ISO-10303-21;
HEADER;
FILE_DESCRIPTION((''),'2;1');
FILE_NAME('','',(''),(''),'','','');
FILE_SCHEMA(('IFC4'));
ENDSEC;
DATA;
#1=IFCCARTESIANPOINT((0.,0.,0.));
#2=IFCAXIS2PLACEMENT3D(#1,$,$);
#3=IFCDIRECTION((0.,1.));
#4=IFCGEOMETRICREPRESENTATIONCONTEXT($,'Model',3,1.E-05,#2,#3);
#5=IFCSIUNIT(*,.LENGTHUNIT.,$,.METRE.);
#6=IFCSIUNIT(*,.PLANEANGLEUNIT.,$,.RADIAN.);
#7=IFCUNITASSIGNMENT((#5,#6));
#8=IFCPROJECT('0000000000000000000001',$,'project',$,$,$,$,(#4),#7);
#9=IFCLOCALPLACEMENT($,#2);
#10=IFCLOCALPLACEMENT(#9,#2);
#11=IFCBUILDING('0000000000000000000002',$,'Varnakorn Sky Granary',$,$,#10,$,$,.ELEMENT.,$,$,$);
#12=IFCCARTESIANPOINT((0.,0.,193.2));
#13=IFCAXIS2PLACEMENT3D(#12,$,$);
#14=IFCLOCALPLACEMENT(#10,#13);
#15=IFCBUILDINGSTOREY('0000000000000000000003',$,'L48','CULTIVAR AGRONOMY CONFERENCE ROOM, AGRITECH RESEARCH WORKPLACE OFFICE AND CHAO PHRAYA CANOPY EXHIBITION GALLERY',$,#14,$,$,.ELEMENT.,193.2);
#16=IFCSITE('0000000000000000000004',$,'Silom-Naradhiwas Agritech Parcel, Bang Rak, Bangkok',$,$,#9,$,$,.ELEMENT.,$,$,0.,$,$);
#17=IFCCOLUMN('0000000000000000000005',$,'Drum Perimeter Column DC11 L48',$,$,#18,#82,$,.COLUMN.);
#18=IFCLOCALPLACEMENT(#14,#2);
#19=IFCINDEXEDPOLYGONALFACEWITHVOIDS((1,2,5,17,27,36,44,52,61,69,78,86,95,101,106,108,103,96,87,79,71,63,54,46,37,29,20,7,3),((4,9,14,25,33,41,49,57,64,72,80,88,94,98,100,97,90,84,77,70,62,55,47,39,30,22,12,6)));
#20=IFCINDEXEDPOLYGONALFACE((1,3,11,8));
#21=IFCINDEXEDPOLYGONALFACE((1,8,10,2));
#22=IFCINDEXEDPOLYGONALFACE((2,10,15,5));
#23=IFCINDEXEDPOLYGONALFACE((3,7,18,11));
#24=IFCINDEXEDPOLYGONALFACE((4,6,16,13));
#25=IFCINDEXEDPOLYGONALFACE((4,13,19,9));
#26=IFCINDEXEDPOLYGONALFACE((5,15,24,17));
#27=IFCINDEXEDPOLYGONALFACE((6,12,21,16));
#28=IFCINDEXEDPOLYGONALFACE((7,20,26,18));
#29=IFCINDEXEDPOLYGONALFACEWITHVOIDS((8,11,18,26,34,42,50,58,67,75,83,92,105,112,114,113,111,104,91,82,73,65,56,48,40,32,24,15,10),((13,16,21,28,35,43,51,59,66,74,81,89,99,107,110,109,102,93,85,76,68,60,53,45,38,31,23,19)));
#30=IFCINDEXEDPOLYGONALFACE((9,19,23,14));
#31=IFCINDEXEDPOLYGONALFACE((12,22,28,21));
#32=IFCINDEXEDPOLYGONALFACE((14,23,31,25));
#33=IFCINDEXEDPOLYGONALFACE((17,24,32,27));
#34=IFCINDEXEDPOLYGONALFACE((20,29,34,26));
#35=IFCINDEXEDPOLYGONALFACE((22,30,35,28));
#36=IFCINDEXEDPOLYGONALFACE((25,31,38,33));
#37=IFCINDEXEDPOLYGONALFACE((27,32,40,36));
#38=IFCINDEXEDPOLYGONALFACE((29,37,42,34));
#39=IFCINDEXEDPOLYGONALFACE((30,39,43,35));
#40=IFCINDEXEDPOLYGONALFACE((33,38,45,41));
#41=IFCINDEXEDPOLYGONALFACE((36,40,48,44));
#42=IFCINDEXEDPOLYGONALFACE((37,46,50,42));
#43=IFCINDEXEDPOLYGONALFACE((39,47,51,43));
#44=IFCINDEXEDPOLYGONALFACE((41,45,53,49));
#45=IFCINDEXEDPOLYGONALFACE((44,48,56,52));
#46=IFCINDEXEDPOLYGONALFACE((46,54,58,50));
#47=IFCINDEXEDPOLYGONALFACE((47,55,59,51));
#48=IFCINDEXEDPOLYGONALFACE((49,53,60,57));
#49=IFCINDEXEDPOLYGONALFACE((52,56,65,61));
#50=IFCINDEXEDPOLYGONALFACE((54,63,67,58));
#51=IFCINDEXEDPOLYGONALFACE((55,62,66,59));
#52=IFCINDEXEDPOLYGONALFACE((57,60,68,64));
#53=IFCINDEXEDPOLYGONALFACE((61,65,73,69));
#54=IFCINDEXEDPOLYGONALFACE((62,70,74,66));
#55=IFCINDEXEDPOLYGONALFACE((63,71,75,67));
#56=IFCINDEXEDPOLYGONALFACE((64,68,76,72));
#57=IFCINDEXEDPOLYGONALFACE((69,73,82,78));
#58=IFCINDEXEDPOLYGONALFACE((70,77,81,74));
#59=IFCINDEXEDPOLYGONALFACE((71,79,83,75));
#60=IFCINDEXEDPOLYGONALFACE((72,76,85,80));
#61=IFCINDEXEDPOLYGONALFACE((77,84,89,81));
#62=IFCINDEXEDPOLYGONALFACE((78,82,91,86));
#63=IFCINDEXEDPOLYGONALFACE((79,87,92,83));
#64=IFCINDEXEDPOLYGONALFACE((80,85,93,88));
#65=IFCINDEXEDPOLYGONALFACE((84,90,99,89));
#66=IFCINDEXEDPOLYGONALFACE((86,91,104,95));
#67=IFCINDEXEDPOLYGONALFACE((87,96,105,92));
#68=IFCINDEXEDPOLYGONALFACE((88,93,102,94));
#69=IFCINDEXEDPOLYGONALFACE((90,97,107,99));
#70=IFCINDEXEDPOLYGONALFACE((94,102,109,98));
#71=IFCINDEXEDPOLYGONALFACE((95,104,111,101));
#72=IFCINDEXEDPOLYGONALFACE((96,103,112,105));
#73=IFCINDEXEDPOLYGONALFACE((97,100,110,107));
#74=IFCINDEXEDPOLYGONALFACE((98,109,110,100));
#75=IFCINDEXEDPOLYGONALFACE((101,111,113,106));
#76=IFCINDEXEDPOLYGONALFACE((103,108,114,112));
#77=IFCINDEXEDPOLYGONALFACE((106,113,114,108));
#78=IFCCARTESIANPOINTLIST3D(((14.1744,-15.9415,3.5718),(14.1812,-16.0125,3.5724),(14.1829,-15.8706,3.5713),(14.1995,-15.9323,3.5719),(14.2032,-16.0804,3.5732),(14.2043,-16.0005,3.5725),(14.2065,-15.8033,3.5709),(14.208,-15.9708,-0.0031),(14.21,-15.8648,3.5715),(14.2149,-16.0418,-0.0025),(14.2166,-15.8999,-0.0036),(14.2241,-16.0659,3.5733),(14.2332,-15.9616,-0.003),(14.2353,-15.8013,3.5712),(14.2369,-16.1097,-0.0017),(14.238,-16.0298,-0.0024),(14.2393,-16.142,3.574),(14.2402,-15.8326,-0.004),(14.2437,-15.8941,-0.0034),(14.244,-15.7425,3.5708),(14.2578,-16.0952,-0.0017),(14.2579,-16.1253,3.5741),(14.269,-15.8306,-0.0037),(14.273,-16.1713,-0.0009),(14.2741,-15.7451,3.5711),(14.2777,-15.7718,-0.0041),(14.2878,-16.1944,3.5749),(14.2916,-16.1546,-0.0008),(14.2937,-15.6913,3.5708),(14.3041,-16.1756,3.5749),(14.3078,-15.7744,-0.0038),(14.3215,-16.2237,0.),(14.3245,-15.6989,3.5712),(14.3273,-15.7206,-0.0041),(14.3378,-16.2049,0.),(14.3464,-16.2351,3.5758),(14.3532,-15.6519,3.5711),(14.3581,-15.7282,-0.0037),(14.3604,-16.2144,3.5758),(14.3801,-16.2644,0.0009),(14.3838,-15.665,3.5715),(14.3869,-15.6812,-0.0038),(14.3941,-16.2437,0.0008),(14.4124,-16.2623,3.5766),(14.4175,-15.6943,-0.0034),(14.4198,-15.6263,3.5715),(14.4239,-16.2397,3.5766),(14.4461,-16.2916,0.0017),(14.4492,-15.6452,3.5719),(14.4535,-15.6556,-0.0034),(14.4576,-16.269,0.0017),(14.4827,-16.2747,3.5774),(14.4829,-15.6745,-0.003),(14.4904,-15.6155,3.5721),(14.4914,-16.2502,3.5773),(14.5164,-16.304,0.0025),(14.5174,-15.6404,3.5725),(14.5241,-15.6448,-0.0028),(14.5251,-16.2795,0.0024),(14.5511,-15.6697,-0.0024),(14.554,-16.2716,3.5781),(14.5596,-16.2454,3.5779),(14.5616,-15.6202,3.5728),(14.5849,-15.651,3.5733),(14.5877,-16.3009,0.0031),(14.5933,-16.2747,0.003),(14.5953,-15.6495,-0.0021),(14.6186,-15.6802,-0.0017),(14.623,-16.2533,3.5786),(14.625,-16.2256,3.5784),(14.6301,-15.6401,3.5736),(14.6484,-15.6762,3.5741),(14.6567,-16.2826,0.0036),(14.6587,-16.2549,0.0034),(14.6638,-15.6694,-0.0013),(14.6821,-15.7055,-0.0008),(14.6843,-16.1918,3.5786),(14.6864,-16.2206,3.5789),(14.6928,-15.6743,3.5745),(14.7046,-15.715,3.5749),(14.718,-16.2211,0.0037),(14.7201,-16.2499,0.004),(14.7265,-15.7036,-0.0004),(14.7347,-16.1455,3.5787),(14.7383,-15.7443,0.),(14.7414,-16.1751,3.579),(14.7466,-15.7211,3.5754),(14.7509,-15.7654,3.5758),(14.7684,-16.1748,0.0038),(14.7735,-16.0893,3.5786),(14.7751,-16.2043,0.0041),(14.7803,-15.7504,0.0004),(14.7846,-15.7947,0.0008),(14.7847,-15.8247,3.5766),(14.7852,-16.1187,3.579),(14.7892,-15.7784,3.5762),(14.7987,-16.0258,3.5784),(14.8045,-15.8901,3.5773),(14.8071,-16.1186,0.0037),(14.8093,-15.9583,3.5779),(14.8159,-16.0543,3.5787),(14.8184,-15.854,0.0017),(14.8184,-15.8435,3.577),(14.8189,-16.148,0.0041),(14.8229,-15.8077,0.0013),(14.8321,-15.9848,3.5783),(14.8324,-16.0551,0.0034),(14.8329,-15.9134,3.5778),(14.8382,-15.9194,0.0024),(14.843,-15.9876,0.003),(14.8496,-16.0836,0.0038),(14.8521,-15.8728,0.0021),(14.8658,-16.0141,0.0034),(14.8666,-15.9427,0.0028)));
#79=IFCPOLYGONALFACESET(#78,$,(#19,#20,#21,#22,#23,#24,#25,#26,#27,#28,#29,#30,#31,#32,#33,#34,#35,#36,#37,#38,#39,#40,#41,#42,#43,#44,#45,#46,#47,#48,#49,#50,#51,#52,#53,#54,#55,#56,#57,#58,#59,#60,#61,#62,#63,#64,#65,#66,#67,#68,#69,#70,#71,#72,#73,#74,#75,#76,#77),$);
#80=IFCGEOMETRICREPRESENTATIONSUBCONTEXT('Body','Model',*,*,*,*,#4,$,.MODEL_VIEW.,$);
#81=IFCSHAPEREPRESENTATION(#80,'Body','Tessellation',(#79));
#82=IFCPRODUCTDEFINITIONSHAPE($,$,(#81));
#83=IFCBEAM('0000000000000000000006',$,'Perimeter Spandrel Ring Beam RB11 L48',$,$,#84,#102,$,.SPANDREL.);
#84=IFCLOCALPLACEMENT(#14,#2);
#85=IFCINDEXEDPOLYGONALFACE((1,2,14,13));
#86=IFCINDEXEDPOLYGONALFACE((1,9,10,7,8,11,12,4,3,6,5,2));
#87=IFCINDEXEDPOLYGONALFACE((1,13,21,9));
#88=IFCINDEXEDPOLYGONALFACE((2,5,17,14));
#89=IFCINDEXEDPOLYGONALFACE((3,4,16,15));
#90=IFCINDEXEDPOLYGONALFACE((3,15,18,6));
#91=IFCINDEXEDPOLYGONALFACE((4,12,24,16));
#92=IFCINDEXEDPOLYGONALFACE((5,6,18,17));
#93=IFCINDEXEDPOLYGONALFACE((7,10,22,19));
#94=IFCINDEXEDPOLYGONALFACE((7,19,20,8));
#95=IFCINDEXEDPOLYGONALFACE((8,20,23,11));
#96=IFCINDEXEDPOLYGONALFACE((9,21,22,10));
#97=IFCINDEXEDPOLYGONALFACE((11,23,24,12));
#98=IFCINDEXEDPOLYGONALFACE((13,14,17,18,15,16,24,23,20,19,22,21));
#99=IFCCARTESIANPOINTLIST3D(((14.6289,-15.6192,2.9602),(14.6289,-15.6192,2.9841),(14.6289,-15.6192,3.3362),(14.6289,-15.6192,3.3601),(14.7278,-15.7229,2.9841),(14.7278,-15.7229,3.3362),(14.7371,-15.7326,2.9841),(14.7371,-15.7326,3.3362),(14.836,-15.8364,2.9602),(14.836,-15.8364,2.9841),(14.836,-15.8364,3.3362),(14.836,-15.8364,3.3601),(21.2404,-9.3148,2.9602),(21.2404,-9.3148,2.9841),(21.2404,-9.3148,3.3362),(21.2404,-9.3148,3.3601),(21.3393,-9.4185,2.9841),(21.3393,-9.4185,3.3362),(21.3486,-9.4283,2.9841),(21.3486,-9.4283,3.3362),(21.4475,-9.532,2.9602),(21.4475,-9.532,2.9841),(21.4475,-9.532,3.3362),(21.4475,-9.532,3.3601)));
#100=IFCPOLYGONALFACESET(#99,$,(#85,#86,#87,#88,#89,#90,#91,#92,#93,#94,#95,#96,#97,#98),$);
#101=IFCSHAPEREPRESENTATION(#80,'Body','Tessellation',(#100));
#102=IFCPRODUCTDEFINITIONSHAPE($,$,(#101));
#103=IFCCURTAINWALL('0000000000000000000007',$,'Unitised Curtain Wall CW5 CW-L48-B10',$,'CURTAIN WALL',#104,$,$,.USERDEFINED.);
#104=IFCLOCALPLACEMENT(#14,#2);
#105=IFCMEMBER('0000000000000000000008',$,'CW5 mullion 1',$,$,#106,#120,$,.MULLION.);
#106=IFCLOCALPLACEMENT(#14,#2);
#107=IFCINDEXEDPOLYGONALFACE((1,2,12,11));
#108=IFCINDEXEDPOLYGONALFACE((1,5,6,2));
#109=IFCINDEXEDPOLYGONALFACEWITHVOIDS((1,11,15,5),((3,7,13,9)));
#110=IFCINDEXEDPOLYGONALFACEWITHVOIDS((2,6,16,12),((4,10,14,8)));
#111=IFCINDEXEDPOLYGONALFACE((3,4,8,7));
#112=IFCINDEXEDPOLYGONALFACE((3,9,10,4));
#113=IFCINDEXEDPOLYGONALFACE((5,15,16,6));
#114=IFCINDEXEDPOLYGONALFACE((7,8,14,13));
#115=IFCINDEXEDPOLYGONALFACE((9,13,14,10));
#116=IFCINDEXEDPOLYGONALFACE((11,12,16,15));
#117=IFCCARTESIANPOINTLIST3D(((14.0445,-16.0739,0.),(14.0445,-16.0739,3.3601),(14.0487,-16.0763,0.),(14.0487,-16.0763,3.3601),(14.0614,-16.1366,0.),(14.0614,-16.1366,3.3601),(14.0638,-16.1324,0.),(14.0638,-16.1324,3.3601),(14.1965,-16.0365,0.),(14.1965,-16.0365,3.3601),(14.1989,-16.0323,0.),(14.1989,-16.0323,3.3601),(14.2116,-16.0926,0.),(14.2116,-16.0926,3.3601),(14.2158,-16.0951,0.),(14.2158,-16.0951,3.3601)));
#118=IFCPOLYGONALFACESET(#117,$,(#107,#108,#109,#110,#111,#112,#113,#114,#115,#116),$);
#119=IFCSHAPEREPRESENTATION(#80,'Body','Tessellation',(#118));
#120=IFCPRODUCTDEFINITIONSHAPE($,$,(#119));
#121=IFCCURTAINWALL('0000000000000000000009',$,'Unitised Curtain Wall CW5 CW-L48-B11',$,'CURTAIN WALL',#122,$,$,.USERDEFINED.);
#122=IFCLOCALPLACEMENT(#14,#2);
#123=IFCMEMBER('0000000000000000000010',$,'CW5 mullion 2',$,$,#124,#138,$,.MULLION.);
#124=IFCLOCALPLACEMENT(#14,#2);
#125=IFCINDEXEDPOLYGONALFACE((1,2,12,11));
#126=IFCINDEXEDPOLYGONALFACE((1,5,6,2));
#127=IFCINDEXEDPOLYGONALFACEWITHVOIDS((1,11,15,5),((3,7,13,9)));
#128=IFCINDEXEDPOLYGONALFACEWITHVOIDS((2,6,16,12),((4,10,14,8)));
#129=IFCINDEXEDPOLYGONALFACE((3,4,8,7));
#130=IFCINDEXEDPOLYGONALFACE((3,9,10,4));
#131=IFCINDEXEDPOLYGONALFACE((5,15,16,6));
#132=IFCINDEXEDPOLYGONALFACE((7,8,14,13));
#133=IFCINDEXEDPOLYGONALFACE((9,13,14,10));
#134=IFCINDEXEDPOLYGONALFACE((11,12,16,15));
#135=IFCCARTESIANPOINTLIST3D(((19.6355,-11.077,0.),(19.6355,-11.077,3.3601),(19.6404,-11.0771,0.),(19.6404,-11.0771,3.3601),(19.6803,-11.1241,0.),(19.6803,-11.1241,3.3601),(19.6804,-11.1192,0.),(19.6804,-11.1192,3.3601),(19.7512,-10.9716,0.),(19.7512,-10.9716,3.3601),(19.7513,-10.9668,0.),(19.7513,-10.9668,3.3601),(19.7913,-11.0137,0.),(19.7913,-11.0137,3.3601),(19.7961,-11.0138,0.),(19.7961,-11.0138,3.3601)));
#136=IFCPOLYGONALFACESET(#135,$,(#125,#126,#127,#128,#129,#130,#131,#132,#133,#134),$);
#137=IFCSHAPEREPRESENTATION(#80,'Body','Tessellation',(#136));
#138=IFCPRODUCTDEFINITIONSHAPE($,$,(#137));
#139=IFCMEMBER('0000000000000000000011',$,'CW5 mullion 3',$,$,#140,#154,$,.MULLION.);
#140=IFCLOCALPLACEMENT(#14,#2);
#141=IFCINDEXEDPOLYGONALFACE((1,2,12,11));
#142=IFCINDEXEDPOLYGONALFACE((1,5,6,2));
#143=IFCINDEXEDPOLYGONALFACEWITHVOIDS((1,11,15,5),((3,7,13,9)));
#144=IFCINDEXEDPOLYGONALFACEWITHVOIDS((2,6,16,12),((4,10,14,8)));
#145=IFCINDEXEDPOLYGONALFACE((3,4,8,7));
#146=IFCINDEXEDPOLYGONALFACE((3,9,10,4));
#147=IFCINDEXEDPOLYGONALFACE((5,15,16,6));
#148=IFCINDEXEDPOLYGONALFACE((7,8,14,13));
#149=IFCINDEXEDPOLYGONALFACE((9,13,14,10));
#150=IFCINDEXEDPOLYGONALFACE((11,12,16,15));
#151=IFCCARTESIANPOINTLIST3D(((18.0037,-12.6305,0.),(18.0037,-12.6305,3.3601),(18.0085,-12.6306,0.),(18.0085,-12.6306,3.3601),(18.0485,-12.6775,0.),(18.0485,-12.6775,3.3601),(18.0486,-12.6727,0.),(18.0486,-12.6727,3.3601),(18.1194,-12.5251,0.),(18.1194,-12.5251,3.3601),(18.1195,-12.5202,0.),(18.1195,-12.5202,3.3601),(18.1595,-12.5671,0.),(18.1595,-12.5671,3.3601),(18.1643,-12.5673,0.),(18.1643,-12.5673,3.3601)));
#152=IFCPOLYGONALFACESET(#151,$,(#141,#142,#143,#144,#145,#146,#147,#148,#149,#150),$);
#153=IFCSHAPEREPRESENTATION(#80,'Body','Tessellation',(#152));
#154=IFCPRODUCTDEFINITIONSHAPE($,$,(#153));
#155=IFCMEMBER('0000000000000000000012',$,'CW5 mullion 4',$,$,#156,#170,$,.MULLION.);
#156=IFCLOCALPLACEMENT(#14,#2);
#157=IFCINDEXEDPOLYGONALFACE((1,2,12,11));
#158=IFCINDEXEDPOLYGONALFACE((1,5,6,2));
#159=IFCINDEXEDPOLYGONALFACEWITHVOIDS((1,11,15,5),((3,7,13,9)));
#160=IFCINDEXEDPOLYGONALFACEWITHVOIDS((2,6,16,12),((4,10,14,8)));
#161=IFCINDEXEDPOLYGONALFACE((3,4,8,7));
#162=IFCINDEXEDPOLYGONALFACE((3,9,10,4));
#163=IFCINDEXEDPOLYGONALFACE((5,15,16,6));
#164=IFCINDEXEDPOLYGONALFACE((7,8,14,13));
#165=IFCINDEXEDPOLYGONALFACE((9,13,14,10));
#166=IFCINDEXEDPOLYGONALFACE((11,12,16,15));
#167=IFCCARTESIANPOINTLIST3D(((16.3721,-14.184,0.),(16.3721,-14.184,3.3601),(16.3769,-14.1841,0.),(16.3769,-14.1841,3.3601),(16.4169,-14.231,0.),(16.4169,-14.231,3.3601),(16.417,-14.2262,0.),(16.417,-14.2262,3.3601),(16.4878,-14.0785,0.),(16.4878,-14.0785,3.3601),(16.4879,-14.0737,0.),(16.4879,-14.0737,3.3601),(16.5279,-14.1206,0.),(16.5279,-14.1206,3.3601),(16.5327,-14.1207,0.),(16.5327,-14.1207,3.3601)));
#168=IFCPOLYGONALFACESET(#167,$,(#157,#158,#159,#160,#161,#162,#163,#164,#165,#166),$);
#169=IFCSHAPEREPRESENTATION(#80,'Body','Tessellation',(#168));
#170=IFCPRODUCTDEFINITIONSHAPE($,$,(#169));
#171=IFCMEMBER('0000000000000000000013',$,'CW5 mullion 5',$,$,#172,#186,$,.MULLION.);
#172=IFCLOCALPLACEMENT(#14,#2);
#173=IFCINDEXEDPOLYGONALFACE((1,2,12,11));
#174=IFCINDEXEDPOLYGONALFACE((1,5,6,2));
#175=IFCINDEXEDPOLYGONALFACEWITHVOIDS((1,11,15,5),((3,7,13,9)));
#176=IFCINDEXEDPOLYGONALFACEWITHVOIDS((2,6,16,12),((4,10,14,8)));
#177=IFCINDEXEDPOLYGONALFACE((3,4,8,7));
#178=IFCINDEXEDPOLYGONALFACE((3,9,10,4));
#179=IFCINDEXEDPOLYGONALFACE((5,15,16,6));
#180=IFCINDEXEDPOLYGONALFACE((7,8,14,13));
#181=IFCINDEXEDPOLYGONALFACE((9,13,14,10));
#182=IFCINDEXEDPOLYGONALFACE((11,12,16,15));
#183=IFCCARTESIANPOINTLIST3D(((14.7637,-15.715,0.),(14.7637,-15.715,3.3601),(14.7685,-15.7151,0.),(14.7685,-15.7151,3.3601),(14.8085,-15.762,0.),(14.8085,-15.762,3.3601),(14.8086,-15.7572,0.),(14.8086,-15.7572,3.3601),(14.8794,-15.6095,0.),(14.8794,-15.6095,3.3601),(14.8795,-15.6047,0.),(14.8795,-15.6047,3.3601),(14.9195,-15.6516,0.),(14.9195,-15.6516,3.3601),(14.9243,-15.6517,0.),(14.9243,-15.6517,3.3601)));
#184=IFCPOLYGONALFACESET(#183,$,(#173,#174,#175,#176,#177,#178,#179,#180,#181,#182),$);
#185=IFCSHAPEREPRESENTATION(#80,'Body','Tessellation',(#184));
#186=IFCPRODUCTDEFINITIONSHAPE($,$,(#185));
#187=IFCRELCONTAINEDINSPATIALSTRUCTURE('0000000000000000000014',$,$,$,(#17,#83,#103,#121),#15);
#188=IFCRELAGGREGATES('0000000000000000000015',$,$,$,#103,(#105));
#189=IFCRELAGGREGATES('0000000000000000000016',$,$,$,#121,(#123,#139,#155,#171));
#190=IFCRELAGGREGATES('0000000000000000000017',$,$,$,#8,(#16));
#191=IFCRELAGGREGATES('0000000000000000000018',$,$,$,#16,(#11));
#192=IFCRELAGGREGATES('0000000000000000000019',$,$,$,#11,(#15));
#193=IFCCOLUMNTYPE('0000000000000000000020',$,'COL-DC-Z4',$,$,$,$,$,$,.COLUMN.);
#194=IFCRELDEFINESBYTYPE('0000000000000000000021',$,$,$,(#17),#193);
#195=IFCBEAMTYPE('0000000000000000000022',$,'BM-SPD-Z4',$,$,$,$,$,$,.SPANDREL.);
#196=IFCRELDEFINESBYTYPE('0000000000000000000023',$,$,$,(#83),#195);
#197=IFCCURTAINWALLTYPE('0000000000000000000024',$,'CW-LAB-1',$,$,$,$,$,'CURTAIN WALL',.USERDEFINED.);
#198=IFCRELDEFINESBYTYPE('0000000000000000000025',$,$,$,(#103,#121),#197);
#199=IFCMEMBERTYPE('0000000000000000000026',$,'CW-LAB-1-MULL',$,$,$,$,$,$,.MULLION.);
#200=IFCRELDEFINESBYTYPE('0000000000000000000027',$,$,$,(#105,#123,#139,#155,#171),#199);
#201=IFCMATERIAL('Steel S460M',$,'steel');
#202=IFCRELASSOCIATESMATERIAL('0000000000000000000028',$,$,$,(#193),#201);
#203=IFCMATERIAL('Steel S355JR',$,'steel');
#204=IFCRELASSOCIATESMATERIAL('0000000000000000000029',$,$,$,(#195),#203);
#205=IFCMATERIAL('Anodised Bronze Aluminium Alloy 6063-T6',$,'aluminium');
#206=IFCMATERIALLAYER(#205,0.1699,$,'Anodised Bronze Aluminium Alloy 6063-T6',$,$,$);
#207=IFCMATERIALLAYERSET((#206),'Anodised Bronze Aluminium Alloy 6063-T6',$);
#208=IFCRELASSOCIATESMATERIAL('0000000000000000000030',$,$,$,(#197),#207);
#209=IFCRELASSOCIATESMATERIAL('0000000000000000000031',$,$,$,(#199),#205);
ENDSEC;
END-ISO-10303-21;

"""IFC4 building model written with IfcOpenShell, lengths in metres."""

from ifc_helpers import new_model, si_unit, direction, frame, origin, origin_2d, place, context, subcontext, project, spatial, hollow_rectangle, hollow_circle, i_section, extrude, material, layer, layer_set, material_profile, profile_set, type_object, element, aggregate, save


model = new_model("IFC4")

# Units and contexts
model_context = context("Model", 3, precision=1e-05, world=origin(), true_north=direction((0.0, 1.0)))
body_context = subcontext(model_context, "Body", "Model", "MODEL_VIEW")
ifc_project = project(units=[si_unit("LENGTHUNIT", "METRE"), si_unit("PLANEANGLEUNIT", "RADIAN")], contexts=[model_context])

# Site, building, storey
site_placement = place(None, origin())
site = spatial("IfcSite", under=ifc_project, at=site_placement, Name="Silom-Naradhiwas Agritech Parcel, Bang Rak, Bangkok", CompositionType="ELEMENT", RefElevation=0.0)
building_placement = place(site_placement, origin())
building = spatial("IfcBuilding", under=site, at=building_placement, Name="Varnakorn Sky Granary", CompositionType="ELEMENT")
storey_placement = place(building_placement, frame((0.0, 0.0, 193.2)))
storey = spatial("IfcBuildingStorey", under=building, at=storey_placement, Name="L48", Description="CULTIVAR AGRONOMY CONFERENCE ROOM, AGRITECH RESEARCH WORKPLACE OFFICE AND CHAO PHRAYA CANOPY EXHIBITION GALLERY", CompositionType="ELEMENT", Elevation=193.2)

# Column
ifc_material_1 = material(Name="Steel S460M", Category="steel")
ifc_material_profile_1 = material_profile(ifc_material_1, hollow_circle(Radius=0.3301, WallThickness=0.0249, at=origin_2d()), Name="CHS 660x25")
ifc_profile_set_1 = profile_set([ifc_material_profile_1], Name="Steel S460M")
column_type = type_object("IfcColumnType", Name="COL-DC-Z4", PredefinedType="COLUMN", material=ifc_profile_set_1)
column_placement = place(storey_placement, frame((14.5381, -15.9746, 0.0), z_axis=(-0.009424, 0.008194, 0.999922), x_axis=(-0.656179, -0.754606, 0.0)))
element("IfcColumn", 1, at=column_placement, inside=storey, type_object=column_type, Name="Drum Perimeter Column DC11 L48", PredefinedType="COLUMN", context=body_context, shape_type="SweptSolid", body=[
    extrude(hollow_circle(Radius=0.3301, WallThickness=0.0249, at=origin_2d()), origin(), (0.0, 0.0, 1.0), 3.5752),
])

# Beam
ifc_material_2 = material(Name="Steel S355JR", Category="steel")
ifc_material_profile_2 = material_profile(ifc_material_2, i_section(OverallWidth=0.3, OverallDepth=0.3999, WebThickness=0.0134, FlangeThickness=0.0239, at=origin_2d()), Name="HE 400 B")
ifc_profile_set_2 = profile_set([ifc_material_profile_2], Name="Steel S355JR")
beam_type = type_object("IfcBeamType", Name="BM-SPD-Z4", PredefinedType="SPANDREL", material=ifc_profile_set_2)
beam_placement = place(storey_placement, frame((14.7324, -15.7278, 3.1602), z_axis=(0.723716, 0.690097, 0.0), x_axis=(-0.690097, 0.723716, 0.0)))
element("IfcBeam", 2, at=beam_placement, inside=storey, type_object=beam_type, Name="Perimeter Spandrel Ring Beam RB11 L48", PredefinedType="SPANDREL", context=body_context, shape_type="SweptSolid", body=[
    extrude(i_section(OverallWidth=0.3, OverallDepth=0.3999, WebThickness=0.0134, FlangeThickness=0.0239, at=origin_2d()), origin(), (0.0, 0.0, 1.0), 9.1355),
])

# Curtain wall, member
ifc_material_3 = material(Name="Anodised Bronze Aluminium Alloy 6063-T6", Category="aluminium")
ifc_layer_1 = layer(ifc_material_3, 0.1699, Name="Anodised Bronze Aluminium Alloy 6063-T6")
ifc_layer_set_1 = layer_set([ifc_layer_1], Name="Anodised Bronze Aluminium Alloy 6063-T6")
curtain_wall_type = type_object("IfcCurtainWallType", Name="CW-LAB-1", ElementType="CURTAIN WALL", PredefinedType="USERDEFINED", material=ifc_layer_set_1)
curtain_wall_1_placement = place(storey_placement, origin())
curtain_wall_1 = element("IfcCurtainWall", 3, at=curtain_wall_1_placement, inside=storey, type_object=curtain_wall_type, Name="Unitised Curtain Wall CW5 CW-L48-B10", ObjectType="CURTAIN WALL", PredefinedType="USERDEFINED")
ifc_material_profile_3 = material_profile(ifc_material_3, hollow_rectangle(XDim=0.0649, YDim=0.1599, WallThickness=0.0034, at=origin_2d()), Name="ALU MULL 65x160")
ifc_profile_set_3 = profile_set([ifc_material_profile_3], Name="Anodised Bronze Aluminium Alloy 6063-T6")
member_type_1 = type_object("IfcMemberType", Name="CW-LAB-1-MULL", PredefinedType="MULLION", material=ifc_profile_set_3)
member_1_placement = place(storey_placement, frame((14.1301, -16.0845, 0.0), z_axis=(0.0, 0.0, 1.0), x_axis=(0.25979, -0.965665, 0.0)))
member_1 = element("IfcMember", 4, at=member_1_placement, type_object=member_type_1, Name="CW5 mullion 1", PredefinedType="MULLION", context=body_context, shape_type="SweptSolid", body=[
    extrude(hollow_rectangle(XDim=0.0649, YDim=0.1599, WallThickness=0.0034, at=origin_2d()), origin(), (0.0, 0.0, 1.0), 3.3601),
])

# Curtain wall, members
curtain_wall_2_placement = place(storey_placement, origin())
curtain_wall_2 = element("IfcCurtainWall", 5, at=curtain_wall_2_placement, inside=storey, type_object=curtain_wall_type, Name="Unitised Curtain Wall CW5 CW-L48-B11", ObjectType="CURTAIN WALL", PredefinedType="USERDEFINED")
member_2_placement = place(storey_placement, frame((19.7158, -11.0454, 0.0), z_axis=(0.0, 0.0, 1.0), x_axis=(0.689516, -0.72427, 0.0)))
member_2 = element("IfcMember", 6, at=member_2_placement, type_object=member_type_1, Name="CW5 mullion 2", PredefinedType="MULLION", context=body_context, shape_type="SweptSolid", body=[
    extrude(hollow_rectangle(XDim=0.0649, YDim=0.1599, WallThickness=0.0034, at=origin_2d()), origin(), (0.0, 0.0, 1.0), 3.3601),
])
member_3_placement = place(storey_placement, frame((18.084, -12.5989, 0.0), z_axis=(0.0, 0.0, 1.0), x_axis=(0.689516, -0.72427, 0.0)))
member_3 = element("IfcMember", 7, at=member_3_placement, type_object=member_type_1, Name="CW5 mullion 3", PredefinedType="MULLION", context=body_context, shape_type="SweptSolid", body=[
    extrude(hollow_rectangle(XDim=0.0649, YDim=0.1599, WallThickness=0.0034, at=origin_2d()), origin(), (0.0, 0.0, 1.0), 3.3601),
])
member_4_placement = place(storey_placement, frame((16.4524, -14.1523, 0.0), z_axis=(0.0, 0.0, 1.0), x_axis=(0.689516, -0.72427, 0.0)))
member_4 = element("IfcMember", 8, at=member_4_placement, type_object=member_type_1, Name="CW5 mullion 4", PredefinedType="MULLION", context=body_context, shape_type="SweptSolid", body=[
    extrude(hollow_rectangle(XDim=0.0649, YDim=0.1599, WallThickness=0.0034, at=origin_2d()), origin(), (0.0, 0.0, 1.0), 3.3601),
])
member_5_placement = place(storey_placement, frame((14.844, -15.6833, 0.0), z_axis=(0.0, 0.0, 1.0), x_axis=(0.689516, -0.72427, 0.0)))
member_5 = element("IfcMember", 9, at=member_5_placement, type_object=member_type_1, Name="CW5 mullion 5", PredefinedType="MULLION", context=body_context, shape_type="SweptSolid", body=[
    extrude(hollow_rectangle(XDim=0.0649, YDim=0.1599, WallThickness=0.0034, at=origin_2d()), origin(), (0.0, 0.0, 1.0), 3.3601),
])

aggregate(curtain_wall_1, [member_1])

aggregate(curtain_wall_2, [member_2, member_3, member_4, member_5])

save(model, "model.ifc")
